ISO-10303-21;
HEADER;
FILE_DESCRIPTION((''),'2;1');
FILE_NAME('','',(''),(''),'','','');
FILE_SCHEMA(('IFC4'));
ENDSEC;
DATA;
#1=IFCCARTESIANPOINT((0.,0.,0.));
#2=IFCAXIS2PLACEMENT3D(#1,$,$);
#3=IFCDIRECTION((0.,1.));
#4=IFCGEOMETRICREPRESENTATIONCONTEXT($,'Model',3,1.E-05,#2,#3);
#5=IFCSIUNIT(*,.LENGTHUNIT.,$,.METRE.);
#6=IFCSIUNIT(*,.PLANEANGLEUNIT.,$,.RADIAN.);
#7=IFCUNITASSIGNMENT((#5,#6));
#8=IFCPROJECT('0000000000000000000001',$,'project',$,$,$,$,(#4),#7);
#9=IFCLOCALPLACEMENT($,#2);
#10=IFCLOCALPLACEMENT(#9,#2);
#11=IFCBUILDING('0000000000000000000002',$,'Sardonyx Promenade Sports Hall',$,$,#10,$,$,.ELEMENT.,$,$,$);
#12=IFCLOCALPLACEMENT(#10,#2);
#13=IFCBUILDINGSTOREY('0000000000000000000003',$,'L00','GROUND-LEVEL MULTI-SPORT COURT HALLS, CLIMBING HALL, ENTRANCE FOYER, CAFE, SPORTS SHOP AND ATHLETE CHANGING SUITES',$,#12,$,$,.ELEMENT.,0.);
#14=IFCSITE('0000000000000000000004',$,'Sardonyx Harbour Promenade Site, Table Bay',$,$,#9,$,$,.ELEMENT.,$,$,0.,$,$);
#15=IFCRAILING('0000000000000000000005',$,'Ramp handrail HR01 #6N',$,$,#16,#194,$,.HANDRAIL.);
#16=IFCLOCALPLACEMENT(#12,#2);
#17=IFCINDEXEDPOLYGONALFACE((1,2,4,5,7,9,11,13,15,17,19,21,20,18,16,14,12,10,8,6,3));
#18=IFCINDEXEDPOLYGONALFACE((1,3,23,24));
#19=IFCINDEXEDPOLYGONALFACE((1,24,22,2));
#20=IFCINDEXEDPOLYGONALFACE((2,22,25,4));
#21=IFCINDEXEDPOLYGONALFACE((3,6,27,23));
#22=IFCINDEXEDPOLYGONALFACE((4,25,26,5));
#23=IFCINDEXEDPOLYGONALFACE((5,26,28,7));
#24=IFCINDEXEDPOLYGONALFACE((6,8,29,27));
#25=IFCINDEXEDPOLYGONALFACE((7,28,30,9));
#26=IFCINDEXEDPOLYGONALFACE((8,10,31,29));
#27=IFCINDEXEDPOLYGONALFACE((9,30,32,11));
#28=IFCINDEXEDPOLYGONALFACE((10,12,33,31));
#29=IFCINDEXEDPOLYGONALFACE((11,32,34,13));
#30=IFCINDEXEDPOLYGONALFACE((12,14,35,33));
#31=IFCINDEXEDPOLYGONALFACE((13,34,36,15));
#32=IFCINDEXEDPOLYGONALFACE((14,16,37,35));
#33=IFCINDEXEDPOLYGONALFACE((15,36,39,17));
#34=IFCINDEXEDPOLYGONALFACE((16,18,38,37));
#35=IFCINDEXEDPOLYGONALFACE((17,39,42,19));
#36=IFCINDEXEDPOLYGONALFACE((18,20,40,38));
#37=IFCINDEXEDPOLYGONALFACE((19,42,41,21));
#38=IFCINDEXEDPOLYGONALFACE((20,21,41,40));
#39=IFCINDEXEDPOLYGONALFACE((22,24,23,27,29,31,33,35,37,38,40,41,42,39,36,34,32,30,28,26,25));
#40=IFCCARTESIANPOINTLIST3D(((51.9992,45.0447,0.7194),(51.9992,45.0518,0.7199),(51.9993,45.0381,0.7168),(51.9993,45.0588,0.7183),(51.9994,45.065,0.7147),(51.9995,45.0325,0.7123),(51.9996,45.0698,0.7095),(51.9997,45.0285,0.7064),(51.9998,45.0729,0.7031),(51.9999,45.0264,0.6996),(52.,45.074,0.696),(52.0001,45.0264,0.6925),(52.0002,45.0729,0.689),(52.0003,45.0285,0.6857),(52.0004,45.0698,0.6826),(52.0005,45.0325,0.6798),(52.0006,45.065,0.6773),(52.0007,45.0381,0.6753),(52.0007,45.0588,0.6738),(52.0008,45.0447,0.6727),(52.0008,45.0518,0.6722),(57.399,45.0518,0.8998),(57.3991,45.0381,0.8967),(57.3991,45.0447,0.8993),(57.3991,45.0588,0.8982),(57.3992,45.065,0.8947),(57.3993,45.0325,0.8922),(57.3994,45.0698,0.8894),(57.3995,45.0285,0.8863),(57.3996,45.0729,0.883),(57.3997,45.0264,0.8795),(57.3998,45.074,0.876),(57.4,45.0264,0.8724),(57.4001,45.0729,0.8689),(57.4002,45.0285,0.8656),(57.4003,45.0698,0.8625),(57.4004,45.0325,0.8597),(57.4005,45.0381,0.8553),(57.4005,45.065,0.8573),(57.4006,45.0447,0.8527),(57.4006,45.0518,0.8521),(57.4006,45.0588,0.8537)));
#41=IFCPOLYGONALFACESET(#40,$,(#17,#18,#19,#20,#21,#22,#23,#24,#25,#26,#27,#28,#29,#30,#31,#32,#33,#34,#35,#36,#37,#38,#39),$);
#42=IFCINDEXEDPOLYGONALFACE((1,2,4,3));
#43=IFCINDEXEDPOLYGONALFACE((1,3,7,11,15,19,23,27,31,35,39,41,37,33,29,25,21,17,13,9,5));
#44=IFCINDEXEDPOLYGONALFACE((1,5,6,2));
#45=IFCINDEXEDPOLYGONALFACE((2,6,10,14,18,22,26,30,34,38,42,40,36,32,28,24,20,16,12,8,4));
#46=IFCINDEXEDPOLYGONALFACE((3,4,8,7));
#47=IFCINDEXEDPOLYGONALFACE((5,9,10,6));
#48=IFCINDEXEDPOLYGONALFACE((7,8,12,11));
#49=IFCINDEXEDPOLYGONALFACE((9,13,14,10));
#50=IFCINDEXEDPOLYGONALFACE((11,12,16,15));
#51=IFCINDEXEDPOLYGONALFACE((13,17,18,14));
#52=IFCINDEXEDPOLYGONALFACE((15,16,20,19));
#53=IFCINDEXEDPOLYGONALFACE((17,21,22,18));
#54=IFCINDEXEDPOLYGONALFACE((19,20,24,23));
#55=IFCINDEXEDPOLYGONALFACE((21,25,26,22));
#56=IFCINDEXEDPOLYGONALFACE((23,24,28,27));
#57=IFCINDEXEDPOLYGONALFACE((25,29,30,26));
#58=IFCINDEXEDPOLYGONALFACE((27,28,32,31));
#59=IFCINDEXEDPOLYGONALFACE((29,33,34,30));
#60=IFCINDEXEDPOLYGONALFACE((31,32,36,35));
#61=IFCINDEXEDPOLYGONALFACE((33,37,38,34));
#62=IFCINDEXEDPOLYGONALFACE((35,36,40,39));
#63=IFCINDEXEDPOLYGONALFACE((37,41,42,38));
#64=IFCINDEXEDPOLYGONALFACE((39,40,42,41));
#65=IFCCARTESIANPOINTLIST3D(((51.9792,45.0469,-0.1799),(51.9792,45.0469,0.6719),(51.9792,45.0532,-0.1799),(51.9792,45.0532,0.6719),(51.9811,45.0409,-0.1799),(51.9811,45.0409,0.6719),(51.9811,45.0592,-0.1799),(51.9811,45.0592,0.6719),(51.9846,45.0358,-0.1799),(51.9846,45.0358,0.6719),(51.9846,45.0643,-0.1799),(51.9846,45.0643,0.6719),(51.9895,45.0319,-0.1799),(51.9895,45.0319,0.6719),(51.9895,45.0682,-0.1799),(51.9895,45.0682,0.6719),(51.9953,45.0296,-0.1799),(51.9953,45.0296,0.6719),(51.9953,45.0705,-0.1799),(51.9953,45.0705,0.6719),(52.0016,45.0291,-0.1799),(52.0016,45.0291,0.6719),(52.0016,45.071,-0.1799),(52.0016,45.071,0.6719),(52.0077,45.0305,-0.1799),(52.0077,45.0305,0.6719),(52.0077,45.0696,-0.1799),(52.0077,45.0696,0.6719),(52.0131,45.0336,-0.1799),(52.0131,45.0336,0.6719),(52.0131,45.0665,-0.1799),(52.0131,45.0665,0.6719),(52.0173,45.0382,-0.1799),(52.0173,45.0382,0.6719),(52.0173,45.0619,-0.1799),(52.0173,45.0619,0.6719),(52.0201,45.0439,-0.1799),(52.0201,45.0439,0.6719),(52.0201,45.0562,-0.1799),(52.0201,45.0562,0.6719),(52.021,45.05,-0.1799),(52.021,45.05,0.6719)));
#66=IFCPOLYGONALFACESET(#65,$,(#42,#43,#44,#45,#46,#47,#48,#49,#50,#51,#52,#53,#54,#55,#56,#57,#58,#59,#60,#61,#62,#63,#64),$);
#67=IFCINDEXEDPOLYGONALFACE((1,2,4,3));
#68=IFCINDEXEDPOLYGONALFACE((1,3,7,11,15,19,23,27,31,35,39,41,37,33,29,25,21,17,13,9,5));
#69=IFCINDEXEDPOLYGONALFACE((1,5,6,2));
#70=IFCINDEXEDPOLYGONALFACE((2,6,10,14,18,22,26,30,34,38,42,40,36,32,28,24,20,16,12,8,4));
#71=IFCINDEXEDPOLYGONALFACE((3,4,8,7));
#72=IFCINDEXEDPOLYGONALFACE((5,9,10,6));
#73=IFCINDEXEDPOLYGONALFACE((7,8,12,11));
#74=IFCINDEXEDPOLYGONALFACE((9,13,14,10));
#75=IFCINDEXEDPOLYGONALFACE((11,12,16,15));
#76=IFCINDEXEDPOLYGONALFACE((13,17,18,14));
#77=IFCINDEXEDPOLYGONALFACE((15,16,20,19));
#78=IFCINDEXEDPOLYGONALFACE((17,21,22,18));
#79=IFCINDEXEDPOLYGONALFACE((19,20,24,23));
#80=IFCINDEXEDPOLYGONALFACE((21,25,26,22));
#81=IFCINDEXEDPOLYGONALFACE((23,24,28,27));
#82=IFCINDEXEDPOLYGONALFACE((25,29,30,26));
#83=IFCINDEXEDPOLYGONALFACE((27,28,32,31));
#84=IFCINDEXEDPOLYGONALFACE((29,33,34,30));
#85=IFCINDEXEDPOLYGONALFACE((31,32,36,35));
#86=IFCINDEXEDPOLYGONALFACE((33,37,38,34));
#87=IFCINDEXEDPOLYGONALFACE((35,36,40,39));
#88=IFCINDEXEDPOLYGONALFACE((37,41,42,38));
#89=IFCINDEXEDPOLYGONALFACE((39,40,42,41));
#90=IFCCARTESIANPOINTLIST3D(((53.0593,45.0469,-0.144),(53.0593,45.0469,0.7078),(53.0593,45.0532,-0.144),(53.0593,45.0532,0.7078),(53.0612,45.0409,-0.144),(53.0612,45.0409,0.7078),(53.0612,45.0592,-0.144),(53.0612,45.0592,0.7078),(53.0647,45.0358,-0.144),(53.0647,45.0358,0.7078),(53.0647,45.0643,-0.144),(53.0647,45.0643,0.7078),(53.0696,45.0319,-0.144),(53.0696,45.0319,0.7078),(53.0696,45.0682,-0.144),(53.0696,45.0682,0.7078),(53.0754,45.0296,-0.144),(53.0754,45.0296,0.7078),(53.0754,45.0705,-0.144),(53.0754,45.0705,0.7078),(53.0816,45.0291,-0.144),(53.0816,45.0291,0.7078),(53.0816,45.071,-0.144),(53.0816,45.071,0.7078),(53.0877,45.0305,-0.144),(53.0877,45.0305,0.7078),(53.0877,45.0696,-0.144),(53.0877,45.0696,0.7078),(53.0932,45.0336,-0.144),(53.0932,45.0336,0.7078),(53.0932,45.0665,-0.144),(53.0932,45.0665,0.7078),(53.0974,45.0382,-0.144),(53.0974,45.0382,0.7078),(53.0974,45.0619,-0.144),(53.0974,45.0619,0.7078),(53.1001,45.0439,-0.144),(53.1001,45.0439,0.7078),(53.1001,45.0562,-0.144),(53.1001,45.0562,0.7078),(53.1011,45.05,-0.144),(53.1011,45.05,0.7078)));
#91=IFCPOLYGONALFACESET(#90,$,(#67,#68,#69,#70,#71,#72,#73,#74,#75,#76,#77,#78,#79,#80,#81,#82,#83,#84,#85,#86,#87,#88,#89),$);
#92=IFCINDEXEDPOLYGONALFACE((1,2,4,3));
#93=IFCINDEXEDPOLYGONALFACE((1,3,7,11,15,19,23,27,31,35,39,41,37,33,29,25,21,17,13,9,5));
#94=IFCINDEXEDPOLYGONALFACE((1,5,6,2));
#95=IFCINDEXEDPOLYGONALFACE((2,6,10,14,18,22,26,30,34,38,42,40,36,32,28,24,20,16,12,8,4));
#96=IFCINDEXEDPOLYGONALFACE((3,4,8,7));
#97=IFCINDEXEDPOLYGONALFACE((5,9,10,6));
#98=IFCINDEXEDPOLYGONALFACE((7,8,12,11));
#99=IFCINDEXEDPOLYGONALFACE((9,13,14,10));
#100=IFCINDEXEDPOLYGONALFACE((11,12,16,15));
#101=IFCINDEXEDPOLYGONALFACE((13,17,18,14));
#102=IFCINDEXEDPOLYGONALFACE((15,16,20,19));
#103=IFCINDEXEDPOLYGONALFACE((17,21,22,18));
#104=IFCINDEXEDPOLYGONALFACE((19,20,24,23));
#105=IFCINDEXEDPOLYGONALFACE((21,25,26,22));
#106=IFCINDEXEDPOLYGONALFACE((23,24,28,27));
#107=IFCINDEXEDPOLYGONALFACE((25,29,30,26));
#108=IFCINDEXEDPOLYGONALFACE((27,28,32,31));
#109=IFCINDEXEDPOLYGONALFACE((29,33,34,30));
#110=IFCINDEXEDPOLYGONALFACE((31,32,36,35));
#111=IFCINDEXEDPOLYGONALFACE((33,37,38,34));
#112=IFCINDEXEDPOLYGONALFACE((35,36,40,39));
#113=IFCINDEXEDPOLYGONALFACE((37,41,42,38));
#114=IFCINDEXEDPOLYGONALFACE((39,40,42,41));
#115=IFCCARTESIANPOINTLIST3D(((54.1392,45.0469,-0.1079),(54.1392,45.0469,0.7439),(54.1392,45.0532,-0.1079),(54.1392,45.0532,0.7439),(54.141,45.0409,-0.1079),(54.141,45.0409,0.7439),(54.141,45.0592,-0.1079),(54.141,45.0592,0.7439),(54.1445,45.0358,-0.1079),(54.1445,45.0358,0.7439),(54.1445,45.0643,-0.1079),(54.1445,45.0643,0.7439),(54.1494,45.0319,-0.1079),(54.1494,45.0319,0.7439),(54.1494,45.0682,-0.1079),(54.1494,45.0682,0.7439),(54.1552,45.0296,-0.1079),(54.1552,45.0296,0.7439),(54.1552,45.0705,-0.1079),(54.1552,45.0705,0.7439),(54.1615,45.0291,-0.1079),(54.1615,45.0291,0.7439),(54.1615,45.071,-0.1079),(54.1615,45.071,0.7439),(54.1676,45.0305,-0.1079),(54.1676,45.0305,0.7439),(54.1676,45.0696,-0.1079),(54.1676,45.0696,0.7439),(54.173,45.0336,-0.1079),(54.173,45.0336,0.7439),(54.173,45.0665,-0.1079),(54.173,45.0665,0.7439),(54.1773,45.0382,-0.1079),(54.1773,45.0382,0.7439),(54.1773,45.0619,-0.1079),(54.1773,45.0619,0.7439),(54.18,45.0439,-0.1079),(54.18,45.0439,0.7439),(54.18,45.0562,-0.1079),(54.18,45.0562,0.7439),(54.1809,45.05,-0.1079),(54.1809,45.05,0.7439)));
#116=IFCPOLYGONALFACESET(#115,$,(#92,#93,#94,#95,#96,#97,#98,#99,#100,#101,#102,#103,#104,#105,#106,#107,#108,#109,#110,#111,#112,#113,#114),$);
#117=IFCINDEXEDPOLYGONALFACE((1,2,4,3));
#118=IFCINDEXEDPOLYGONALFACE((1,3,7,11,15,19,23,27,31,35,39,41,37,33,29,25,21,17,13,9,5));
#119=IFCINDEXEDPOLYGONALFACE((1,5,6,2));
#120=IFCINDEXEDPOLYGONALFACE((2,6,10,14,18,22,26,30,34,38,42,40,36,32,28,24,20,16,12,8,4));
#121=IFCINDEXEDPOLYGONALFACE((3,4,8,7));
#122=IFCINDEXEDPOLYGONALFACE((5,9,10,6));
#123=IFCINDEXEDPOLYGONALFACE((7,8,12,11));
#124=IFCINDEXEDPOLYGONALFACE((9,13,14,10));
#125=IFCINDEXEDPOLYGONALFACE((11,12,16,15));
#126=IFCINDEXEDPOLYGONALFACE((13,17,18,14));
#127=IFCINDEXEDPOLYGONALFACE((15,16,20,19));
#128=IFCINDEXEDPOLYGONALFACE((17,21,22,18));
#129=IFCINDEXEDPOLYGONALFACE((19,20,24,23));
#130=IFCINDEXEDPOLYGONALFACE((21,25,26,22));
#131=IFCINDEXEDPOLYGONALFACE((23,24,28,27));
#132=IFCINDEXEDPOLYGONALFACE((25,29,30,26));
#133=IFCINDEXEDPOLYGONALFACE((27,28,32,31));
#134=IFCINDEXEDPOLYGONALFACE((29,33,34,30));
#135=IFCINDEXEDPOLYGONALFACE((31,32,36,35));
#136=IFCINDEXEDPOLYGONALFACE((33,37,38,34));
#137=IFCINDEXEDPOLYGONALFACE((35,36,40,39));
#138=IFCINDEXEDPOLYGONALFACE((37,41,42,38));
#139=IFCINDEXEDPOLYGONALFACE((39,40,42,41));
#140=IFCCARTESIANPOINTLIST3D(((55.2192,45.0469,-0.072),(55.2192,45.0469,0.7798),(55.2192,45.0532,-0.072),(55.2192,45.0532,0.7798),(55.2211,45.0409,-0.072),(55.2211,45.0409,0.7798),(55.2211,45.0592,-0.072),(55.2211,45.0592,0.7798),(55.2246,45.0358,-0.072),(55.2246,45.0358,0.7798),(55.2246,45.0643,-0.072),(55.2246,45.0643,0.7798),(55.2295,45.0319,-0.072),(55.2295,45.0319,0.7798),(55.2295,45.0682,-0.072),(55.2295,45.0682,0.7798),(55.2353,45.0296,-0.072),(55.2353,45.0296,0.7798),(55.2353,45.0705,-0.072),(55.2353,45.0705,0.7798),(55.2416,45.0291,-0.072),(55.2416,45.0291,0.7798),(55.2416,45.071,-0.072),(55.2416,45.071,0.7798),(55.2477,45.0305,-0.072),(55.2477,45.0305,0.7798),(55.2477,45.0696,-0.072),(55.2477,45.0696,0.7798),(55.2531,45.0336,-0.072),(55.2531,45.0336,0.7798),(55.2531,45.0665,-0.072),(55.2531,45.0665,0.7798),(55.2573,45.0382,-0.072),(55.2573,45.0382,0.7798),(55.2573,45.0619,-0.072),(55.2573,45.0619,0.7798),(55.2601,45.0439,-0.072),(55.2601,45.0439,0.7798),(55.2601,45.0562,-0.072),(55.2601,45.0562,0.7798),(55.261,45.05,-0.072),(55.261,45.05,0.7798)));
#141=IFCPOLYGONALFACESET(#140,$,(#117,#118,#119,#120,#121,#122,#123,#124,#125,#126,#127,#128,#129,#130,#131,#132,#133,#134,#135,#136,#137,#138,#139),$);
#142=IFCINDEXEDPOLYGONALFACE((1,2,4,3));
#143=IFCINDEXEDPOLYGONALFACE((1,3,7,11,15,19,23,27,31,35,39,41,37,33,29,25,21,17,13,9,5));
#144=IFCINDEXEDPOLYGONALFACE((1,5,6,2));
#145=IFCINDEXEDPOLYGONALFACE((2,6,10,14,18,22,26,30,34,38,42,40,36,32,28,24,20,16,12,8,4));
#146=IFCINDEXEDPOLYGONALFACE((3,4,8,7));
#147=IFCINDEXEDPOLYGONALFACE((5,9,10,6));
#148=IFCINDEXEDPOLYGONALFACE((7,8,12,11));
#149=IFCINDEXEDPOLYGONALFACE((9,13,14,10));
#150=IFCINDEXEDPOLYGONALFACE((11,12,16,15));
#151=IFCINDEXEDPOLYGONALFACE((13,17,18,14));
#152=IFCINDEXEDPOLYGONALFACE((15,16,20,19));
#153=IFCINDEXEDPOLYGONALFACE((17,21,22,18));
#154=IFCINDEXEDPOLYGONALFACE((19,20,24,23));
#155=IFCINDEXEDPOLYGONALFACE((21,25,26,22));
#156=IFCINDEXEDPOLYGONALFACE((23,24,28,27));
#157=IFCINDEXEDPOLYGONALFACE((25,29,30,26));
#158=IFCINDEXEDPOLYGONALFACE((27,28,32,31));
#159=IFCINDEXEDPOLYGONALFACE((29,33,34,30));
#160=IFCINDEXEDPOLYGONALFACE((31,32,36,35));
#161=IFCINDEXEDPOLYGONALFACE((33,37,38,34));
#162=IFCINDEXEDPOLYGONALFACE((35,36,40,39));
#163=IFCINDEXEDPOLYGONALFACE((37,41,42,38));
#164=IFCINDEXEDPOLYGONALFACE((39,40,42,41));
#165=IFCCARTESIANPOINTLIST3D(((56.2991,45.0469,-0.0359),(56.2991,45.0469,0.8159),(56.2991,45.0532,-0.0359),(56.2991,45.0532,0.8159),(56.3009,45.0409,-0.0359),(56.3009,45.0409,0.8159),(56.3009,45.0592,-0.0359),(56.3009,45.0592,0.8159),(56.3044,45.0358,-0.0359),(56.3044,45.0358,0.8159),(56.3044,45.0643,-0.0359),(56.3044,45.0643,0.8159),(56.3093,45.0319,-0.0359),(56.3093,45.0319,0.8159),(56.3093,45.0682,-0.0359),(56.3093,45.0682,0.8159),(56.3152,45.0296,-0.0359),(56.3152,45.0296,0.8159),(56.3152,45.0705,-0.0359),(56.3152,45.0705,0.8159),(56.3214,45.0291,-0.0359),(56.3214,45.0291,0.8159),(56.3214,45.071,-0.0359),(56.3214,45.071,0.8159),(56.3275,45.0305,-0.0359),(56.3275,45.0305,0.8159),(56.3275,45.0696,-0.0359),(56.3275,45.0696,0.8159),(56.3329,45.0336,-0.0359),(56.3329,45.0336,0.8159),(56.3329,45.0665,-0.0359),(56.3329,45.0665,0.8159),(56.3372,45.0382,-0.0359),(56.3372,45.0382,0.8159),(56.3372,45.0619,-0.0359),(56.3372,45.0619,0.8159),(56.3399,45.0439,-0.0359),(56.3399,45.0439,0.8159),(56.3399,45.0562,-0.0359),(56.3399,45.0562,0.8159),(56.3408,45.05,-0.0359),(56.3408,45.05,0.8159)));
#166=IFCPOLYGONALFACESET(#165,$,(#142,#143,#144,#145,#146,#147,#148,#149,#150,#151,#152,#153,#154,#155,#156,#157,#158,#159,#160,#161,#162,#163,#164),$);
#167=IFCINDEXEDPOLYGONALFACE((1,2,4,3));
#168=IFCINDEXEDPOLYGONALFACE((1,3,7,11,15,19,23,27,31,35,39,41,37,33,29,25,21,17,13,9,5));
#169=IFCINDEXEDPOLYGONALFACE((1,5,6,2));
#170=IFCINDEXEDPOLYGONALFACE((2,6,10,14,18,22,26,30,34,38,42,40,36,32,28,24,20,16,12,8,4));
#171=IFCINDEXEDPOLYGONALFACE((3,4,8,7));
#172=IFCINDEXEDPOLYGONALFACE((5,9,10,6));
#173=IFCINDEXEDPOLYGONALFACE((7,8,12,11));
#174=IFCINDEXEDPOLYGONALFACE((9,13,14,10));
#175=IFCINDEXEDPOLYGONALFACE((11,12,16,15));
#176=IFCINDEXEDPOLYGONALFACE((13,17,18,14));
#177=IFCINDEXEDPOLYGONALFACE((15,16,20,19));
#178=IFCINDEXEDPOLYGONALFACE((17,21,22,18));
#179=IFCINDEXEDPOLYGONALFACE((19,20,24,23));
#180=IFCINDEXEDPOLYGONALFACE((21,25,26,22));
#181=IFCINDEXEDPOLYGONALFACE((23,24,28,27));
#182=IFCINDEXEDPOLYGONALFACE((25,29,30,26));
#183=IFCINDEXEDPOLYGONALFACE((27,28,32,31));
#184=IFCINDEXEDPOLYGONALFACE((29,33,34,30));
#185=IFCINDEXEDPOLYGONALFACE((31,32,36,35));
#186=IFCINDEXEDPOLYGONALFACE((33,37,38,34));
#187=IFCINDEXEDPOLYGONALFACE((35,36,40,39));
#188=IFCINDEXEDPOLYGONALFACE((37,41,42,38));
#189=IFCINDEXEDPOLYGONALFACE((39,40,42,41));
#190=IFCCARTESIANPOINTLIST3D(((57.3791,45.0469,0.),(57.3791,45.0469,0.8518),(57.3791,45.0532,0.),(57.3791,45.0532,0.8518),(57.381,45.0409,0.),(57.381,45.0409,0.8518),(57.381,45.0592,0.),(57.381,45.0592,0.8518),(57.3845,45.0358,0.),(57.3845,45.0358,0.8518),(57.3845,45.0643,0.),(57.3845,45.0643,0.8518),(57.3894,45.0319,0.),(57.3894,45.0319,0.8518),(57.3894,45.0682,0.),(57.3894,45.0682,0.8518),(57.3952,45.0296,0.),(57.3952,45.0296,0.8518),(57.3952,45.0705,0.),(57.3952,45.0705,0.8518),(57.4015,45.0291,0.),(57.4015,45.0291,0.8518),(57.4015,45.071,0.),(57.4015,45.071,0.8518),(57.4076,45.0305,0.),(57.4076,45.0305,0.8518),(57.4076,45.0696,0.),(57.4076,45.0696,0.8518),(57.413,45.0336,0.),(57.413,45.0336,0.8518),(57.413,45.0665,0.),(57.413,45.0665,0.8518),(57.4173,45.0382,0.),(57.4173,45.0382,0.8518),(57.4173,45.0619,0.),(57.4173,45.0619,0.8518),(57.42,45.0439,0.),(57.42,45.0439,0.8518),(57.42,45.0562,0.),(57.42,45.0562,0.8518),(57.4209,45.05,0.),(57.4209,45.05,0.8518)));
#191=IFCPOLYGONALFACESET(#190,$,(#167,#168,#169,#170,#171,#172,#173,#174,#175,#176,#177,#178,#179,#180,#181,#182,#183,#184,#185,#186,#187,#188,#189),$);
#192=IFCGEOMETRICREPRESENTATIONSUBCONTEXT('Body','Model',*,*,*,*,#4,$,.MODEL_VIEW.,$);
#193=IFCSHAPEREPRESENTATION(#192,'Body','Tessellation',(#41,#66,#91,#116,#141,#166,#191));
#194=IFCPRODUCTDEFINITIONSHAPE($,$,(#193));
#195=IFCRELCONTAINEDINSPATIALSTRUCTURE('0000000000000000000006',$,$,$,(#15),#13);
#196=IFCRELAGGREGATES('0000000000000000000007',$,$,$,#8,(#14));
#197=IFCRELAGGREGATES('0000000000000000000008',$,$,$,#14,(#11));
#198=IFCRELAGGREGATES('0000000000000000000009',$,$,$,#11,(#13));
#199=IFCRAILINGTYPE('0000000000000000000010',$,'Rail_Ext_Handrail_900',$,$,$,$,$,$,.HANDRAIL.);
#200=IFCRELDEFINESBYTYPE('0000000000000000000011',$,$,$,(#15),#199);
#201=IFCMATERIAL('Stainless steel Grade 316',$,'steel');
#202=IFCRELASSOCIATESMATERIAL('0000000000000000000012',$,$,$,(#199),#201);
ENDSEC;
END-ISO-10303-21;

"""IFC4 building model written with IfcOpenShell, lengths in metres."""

from ifc_helpers import new_model, si_unit, direction, frame, origin, origin_2d, place, context, subcontext, project, spatial, circle, extrude, material, type_object, element, save


model = new_model("IFC4")

# Units and contexts
model_context = context("Model", 3, precision=1e-05, world=origin(), true_north=direction((0.0, 1.0)))
body_context = subcontext(model_context, "Body", "Model", "MODEL_VIEW")
ifc_project = project(units=[si_unit("LENGTHUNIT", "METRE"), si_unit("PLANEANGLEUNIT", "RADIAN")], contexts=[model_context])

# Site, building, storey
site_placement = place(None, origin())
site = spatial("IfcSite", under=ifc_project, at=site_placement, Name="Sardonyx Harbour Promenade Site, Table Bay", CompositionType="ELEMENT", RefElevation=0.0)
building_placement = place(site_placement, origin())
building = spatial("IfcBuilding", under=site, at=building_placement, Name="Sardonyx Promenade Sports Hall", CompositionType="ELEMENT")
storey_placement = place(building_placement, origin())
storey = spatial("IfcBuildingStorey", under=building, at=storey_placement, Name="L00", Description="GROUND-LEVEL MULTI-SPORT COURT HALLS, CLIMBING HALL, ENTRANCE FOYER, CAFE, SPORTS SHOP AND ATHLETE CHANGING SUITES", CompositionType="ELEMENT", Elevation=0.0)

# Railing
ifc_material_1 = material(Name="Stainless steel Grade 316", Category="steel")
railing_type = type_object("IfcRailingType", Name="Rail_Ext_Handrail_900", PredefinedType="HANDRAIL", material=ifc_material_1)
for number, where, name in (
    (1, (52.0, 45.05, -0.1799), "Ramp handrail HR01 #6N"),
):
    element("IfcRailing", number, at=place(storey_placement, frame(where)), inside=storey, type_object=railing_type, Name=name, PredefinedType="HANDRAIL", context=body_context, shape_type="SweptSolid", body=[
        extrude(circle(Radius=0.0239, at=origin_2d()), frame((0.0, 0.0, 0.876), z_axis=(0.999445, 0.0, 0.033303), x_axis=(0.0, 1.0, 0.0)), (0.0, 0.0, 1.0), 5.4028),
        extrude(circle(Radius=0.021, at=origin_2d()), origin(), (0.0, 0.0, 1.0), 0.8518),
        extrude(circle(Radius=0.021, at=origin_2d()), frame((1.0801, 0.0, 0.0359)), (0.0, 0.0, 1.0), 0.8518),
        extrude(circle(Radius=0.021, at=origin_2d()), frame((2.1599, 0.0, 0.072)), (0.0, 0.0, 1.0), 0.8518),
        extrude(circle(Radius=0.021, at=origin_2d()), frame((3.24, 0.0, 0.1079)), (0.0, 0.0, 1.0), 0.8518),
        extrude(circle(Radius=0.021, at=origin_2d()), frame((4.3198, 0.0, 0.144)), (0.0, 0.0, 1.0), 0.8518),
        extrude(circle(Radius=0.021, at=origin_2d()), frame((5.3999, 0.0, 0.1799)), (0.0, 0.0, 1.0), 0.8518),
    ])

save(model, "model.ifc")
